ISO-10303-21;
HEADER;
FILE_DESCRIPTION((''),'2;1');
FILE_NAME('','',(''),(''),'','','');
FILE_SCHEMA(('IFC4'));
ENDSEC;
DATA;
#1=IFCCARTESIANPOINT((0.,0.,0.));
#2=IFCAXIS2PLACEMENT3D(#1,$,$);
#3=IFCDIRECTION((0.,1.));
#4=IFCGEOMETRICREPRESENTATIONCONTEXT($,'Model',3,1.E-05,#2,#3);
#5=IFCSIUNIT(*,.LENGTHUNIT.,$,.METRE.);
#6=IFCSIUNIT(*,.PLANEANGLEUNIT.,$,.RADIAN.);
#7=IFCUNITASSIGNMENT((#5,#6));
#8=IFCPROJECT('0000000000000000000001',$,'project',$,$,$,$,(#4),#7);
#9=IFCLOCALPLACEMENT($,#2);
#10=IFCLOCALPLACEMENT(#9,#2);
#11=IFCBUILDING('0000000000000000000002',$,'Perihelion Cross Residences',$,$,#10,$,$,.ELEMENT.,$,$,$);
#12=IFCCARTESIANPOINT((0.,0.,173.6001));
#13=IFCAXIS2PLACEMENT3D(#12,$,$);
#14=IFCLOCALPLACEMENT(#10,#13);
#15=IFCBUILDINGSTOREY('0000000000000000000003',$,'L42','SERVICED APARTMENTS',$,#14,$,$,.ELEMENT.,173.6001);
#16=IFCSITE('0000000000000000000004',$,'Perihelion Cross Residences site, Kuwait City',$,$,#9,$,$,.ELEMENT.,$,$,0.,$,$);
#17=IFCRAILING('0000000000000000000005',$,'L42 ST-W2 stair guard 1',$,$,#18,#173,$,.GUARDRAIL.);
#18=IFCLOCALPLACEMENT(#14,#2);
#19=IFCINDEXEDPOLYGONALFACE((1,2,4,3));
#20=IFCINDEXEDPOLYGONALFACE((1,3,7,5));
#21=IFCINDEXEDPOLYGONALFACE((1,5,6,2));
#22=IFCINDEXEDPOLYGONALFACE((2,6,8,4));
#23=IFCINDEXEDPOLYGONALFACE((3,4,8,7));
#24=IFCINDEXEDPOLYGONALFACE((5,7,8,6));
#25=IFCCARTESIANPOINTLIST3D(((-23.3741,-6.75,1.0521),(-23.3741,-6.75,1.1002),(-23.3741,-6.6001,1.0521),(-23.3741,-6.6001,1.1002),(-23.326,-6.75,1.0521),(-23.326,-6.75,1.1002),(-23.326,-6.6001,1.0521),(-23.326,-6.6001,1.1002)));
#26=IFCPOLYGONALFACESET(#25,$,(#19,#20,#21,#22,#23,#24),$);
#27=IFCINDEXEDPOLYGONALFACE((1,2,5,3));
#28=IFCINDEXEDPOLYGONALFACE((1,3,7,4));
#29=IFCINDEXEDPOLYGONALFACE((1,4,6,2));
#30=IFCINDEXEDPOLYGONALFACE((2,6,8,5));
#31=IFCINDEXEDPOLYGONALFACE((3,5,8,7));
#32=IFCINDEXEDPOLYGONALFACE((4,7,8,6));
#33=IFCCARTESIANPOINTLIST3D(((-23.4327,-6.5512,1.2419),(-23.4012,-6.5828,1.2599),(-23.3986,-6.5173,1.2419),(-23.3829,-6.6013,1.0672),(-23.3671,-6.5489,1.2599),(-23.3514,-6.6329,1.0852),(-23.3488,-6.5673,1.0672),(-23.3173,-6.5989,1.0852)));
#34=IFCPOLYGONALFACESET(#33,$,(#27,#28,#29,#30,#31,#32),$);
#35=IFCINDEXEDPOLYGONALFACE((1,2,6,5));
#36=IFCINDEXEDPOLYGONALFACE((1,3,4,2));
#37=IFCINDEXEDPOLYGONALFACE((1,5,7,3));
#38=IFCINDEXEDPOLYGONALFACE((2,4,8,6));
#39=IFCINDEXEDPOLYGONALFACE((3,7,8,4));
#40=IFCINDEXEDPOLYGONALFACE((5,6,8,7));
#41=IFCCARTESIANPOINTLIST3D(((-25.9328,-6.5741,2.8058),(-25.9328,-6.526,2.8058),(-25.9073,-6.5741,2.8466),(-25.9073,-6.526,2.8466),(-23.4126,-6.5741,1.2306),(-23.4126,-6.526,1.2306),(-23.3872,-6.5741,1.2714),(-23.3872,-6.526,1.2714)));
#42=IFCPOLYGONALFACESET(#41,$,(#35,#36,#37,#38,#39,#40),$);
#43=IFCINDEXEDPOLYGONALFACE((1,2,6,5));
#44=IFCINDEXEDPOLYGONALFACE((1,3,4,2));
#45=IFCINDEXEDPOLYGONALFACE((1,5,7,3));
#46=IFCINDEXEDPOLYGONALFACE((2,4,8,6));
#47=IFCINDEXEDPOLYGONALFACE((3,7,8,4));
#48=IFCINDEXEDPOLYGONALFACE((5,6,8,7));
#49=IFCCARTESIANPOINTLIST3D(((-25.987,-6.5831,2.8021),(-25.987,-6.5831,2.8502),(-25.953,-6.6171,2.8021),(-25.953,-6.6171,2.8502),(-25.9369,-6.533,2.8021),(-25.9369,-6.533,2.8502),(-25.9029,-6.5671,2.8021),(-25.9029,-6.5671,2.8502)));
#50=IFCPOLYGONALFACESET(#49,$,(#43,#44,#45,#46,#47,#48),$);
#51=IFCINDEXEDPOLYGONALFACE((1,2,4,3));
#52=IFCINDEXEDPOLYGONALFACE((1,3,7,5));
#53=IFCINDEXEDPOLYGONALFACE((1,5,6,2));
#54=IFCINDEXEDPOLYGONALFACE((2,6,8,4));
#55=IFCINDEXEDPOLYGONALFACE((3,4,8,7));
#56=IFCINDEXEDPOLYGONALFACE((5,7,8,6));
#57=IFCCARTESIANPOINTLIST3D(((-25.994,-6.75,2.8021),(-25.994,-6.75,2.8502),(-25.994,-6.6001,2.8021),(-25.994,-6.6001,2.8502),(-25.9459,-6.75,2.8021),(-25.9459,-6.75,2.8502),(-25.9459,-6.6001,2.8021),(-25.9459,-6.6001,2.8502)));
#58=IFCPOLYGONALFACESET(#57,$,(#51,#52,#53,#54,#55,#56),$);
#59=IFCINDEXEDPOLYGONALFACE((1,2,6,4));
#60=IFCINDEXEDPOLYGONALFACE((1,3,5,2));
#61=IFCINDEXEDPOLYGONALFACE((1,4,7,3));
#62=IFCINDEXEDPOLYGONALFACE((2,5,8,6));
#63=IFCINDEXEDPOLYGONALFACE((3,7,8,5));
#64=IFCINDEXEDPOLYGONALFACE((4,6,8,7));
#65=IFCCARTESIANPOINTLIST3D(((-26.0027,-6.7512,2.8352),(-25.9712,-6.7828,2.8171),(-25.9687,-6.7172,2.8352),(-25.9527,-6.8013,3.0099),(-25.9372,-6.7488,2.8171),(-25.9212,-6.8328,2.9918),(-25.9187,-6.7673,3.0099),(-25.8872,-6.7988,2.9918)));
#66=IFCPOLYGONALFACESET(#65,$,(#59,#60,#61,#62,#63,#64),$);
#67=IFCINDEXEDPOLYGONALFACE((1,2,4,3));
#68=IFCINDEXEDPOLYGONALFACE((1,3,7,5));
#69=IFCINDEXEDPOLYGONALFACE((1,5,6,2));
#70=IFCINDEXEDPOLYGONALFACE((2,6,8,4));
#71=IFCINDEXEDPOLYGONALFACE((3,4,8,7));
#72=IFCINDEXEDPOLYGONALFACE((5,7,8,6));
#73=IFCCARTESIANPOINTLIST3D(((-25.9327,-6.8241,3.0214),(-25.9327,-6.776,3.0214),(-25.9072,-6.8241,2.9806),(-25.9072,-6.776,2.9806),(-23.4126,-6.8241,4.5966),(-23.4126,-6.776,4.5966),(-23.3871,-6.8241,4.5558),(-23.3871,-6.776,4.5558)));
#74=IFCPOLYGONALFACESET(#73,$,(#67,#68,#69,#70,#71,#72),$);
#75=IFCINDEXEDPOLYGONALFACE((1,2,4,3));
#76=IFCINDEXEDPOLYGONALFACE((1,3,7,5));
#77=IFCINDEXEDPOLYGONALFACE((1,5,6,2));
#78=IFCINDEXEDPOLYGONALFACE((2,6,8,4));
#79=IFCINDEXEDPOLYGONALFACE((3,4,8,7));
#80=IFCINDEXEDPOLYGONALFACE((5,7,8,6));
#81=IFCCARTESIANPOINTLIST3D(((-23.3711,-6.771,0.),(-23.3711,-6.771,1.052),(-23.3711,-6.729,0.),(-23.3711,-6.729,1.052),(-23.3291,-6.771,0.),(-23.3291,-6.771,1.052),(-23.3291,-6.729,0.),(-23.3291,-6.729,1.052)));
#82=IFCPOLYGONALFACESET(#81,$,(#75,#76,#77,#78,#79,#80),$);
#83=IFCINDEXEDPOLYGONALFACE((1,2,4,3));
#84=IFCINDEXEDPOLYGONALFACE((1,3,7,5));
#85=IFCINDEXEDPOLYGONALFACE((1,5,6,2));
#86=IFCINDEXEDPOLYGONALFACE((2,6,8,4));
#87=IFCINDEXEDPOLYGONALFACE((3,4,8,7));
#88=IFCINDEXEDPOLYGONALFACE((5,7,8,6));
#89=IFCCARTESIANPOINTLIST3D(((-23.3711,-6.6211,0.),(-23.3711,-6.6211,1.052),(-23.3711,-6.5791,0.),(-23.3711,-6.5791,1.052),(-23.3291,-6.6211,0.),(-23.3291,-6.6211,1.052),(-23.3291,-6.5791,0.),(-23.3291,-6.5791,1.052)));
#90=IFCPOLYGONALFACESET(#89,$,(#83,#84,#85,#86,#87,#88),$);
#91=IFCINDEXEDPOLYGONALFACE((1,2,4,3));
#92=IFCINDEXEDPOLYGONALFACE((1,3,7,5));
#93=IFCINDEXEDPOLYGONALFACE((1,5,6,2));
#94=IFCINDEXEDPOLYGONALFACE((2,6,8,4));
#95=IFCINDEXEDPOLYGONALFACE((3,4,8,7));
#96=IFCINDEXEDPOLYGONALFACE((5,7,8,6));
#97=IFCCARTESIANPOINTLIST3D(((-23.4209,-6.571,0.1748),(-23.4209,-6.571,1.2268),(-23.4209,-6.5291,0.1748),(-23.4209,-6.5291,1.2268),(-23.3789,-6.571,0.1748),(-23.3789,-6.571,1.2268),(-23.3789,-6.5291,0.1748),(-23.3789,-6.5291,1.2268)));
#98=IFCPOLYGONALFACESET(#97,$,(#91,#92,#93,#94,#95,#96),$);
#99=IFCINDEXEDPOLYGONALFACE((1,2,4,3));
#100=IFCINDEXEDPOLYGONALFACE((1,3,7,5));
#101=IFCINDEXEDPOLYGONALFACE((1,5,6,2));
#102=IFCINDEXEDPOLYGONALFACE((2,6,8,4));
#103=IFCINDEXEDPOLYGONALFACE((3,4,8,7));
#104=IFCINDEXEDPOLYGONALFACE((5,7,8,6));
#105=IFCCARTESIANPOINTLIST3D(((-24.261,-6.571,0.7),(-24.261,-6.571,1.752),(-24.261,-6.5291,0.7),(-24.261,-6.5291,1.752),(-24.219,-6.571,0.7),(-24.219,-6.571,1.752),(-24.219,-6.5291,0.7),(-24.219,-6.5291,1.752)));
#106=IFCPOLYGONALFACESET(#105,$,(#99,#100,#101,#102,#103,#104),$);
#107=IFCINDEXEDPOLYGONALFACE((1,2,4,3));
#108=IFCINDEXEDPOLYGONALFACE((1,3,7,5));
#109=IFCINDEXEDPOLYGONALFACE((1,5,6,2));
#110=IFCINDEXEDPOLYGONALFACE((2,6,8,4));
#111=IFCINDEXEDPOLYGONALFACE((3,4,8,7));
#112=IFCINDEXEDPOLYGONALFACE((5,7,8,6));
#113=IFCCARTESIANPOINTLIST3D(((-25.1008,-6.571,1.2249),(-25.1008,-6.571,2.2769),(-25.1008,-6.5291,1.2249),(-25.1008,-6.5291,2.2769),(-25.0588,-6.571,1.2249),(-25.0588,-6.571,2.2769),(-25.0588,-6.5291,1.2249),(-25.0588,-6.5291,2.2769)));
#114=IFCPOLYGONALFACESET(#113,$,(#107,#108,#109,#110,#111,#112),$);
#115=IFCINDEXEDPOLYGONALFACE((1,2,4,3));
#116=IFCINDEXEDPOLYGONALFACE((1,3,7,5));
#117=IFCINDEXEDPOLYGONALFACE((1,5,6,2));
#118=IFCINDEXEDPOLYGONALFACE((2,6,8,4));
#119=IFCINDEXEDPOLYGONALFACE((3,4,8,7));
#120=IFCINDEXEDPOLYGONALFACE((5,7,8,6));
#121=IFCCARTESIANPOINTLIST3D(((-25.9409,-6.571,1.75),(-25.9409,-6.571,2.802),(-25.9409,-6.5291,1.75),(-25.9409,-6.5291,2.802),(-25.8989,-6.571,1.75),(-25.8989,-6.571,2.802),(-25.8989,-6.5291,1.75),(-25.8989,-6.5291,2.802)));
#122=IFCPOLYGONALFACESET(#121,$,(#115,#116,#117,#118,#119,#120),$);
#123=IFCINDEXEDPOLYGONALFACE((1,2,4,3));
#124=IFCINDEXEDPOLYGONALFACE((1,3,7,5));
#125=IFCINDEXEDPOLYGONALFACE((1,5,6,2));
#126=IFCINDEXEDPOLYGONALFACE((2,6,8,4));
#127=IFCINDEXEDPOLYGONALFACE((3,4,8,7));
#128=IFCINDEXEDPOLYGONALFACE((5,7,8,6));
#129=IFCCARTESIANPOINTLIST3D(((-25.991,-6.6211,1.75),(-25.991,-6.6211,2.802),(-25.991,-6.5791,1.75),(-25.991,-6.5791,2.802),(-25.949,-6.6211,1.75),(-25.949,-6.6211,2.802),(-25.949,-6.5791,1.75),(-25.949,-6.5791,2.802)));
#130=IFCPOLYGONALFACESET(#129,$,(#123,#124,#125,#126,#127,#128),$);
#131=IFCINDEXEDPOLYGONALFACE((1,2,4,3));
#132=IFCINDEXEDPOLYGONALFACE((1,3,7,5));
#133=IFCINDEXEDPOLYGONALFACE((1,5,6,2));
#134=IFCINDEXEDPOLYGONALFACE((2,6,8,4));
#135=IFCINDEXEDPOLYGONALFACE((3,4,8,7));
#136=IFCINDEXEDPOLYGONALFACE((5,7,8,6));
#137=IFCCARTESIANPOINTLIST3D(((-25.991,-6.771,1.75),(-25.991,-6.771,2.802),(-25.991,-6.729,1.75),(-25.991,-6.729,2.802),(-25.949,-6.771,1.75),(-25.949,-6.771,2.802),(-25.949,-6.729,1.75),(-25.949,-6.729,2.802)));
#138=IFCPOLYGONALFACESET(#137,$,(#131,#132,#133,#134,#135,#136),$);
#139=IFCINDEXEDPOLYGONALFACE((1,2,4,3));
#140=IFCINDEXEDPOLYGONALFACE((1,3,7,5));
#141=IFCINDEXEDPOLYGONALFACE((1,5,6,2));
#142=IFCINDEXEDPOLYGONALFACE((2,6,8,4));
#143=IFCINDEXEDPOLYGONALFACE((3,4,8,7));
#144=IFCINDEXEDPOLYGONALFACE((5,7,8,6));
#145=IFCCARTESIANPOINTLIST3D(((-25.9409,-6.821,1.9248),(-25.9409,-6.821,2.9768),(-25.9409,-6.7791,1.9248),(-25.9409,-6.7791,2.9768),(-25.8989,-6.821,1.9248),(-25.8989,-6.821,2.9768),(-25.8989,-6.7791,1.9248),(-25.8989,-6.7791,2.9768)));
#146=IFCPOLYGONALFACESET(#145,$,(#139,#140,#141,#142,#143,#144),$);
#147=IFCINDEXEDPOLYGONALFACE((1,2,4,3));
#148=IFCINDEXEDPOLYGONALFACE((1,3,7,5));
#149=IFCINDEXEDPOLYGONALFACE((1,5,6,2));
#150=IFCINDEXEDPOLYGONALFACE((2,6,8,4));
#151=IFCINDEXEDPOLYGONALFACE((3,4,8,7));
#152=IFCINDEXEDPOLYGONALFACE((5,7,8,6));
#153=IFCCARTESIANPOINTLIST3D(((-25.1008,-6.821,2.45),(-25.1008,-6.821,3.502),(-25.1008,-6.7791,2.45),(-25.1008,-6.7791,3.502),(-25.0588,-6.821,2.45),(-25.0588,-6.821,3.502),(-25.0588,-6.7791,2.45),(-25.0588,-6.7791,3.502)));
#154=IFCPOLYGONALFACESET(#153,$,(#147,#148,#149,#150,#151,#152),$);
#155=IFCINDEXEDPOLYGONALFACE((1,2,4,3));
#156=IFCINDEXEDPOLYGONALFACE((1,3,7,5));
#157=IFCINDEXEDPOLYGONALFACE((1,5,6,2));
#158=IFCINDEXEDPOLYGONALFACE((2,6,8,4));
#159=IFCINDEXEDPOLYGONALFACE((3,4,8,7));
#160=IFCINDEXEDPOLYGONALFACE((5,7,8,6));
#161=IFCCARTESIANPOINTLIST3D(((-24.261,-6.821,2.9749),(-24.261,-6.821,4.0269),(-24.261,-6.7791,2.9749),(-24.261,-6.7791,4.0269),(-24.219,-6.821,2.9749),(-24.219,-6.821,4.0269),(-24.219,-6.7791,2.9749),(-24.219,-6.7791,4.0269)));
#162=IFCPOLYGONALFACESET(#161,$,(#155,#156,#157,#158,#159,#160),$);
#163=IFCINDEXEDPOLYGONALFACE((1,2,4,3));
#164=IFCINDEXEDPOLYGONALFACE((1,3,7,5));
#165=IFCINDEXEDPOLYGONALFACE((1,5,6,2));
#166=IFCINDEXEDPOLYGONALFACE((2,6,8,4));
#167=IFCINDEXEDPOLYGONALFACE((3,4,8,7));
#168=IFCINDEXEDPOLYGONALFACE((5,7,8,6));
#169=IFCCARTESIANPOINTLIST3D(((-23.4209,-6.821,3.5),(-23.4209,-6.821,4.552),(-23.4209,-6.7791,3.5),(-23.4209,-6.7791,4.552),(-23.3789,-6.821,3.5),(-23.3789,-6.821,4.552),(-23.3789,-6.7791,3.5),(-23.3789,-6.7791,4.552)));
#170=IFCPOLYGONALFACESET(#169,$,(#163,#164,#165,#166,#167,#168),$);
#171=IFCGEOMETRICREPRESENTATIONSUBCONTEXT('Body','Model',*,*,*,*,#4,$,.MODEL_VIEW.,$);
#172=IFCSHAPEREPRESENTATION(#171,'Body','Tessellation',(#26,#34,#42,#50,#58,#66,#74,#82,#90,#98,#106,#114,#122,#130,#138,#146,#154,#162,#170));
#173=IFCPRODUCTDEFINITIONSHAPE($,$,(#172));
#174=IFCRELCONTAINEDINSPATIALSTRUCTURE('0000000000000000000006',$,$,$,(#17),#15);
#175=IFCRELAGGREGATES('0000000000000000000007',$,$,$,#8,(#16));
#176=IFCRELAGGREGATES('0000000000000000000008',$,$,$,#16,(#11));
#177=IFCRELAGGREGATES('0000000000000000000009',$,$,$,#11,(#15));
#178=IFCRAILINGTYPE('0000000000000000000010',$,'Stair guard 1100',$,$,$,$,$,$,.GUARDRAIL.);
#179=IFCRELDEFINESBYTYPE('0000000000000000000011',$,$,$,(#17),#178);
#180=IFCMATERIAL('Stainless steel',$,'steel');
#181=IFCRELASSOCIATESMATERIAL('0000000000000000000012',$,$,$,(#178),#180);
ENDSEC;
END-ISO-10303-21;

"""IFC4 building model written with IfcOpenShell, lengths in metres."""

from ifc_helpers import new_model, si_unit, direction, frame, origin, origin_2d, place, context, subcontext, project, spatial, rectangle, extrude, material, type_object, element, save


model = new_model("IFC4")

# Units and contexts
model_context = context("Model", 3, precision=1e-05, world=origin(), true_north=direction((0.0, 1.0)))
body_context = subcontext(model_context, "Body", "Model", "MODEL_VIEW")
ifc_project = project(units=[si_unit("LENGTHUNIT", "METRE"), si_unit("PLANEANGLEUNIT", "RADIAN")], contexts=[model_context])

# Site, building, storey
site_placement = place(None, origin())
site = spatial("IfcSite", under=ifc_project, at=site_placement, Name="Perihelion Cross Residences site, Kuwait City", CompositionType="ELEMENT", RefElevation=0.0)
building_placement = place(site_placement, origin())
building = spatial("IfcBuilding", under=site, at=building_placement, Name="Perihelion Cross Residences", CompositionType="ELEMENT")
storey_placement = place(building_placement, frame((0.0, 0.0, 173.6001)))
storey = spatial("IfcBuildingStorey", under=building, at=storey_placement, Name="L42", Description="SERVICED APARTMENTS", CompositionType="ELEMENT", Elevation=173.6001)

# Railing
ifc_material_1 = material(Name="Stainless steel", Category="steel")
railing_type_1 = type_object("IfcRailingType", Name="Stair guard 1100", PredefinedType="GUARDRAIL", material=ifc_material_1)
railing_1_placement = place(storey_placement, frame((-23.3501, -6.75, 0.0)))
element("IfcRailing", 1, at=railing_1_placement, inside=storey, type_object=railing_type_1, Name="L42 ST-W2 stair guard 1", PredefinedType="GUARDRAIL", context=body_context, shape_type="SweptSolid", body=[
    extrude(rectangle(XDim=0.0481, YDim=0.0481, at=origin_2d()), frame((0.0, 0.0, 1.0762), z_axis=(0.0, 1.0, 0.0), x_axis=(-1.0, 0.0, 0.0)), (0.0, 0.0, 1.0), 0.1499),
    extrude(rectangle(XDim=0.0481, YDim=0.0481, at=origin_2d()), frame((0.0, 0.1499, 1.0762), z_axis=(-0.264179, 0.265474, 0.927218), x_axis=(-0.708834, -0.705376, 0.0)), (0.0, 0.0, 1.0), 0.1885),
    extrude(rectangle(XDim=0.0481, YDim=0.0481, at=origin_2d()), frame((-0.0498, 0.2, 1.251), z_axis=(-0.847971, 0.0, 0.530043), x_axis=(0.0, -1.0, 0.0)), (0.0, 0.0, 1.0), 2.9719),
    extrude(rectangle(XDim=0.0481, YDim=0.0481, at=origin_2d()), frame((-2.5698, 0.2, 2.8262), z_axis=(-0.707107, -0.707107, 0.0), x_axis=(0.707107, -0.707107, 0.0)), (0.0, 0.0, 1.0), 0.0708),
    extrude(rectangle(XDim=0.0481, YDim=0.0481, at=origin_2d()), frame((-2.6199, 0.1499, 2.8262), z_axis=(0.0, -1.0, 0.0), x_axis=(1.0, 0.0, 0.0)), (0.0, 0.0, 1.0), 0.1499),
    extrude(rectangle(XDim=0.0481, YDim=0.0481, at=origin_2d()), frame((-2.6199, 0.0, 2.8262), z_axis=(0.265383, -0.265383, 0.9269), x_axis=(0.707107, 0.707107, 0.0)), (0.0, 0.0, 1.0), 0.1885),
    extrude(rectangle(XDim=0.0481, YDim=0.0481, at=origin_2d()), frame((-2.5698, -0.05, 3.001), z_axis=(0.847971, 0.0, 0.530043), x_axis=(0.0, 1.0, 0.0)), (0.0, 0.0, 1.0), 2.9719),
    extrude(rectangle(XDim=0.042, YDim=0.042, at=origin_2d()), origin(), (0.0, 0.0, 1.0), 1.052),
    extrude(rectangle(XDim=0.042, YDim=0.042, at=origin_2d()), frame((0.0, 0.1499, 0.0)), (0.0, 0.0, 1.0), 1.052),
    extrude(rectangle(XDim=0.042, YDim=0.042, at=origin_2d()), frame((-0.0498, 0.2, 0.1748)), (0.0, 0.0, 1.0), 1.052),
    extrude(rectangle(XDim=0.042, YDim=0.042, at=origin_2d()), frame((-0.8899, 0.2, 0.7)), (0.0, 0.0, 1.0), 1.052),
    extrude(rectangle(XDim=0.042, YDim=0.042, at=origin_2d()), frame((-1.7297, 0.2, 1.2249)), (0.0, 0.0, 1.0), 1.052),
    extrude(rectangle(XDim=0.042, YDim=0.042, at=origin_2d()), frame((-2.5698, 0.2, 1.75)), (0.0, 0.0, 1.0), 1.052),
    extrude(rectangle(XDim=0.042, YDim=0.042, at=origin_2d()), frame((-2.6199, 0.1499, 1.75)), (0.0, 0.0, 1.0), 1.052),
    extrude(rectangle(XDim=0.042, YDim=0.042, at=origin_2d()), frame((-2.6199, 0.0, 1.75)), (0.0, 0.0, 1.0), 1.052),
    extrude(rectangle(XDim=0.042, YDim=0.042, at=origin_2d()), frame((-2.5698, -0.05, 1.9248)), (0.0, 0.0, 1.0), 1.052),
    extrude(rectangle(XDim=0.042, YDim=0.042, at=origin_2d()), frame((-1.7297, -0.05, 2.45)), (0.0, 0.0, 1.0), 1.052),
    extrude(rectangle(XDim=0.042, YDim=0.042, at=origin_2d()), frame((-0.8899, -0.05, 2.9749)), (0.0, 0.0, 1.0), 1.052),
    extrude(rectangle(XDim=0.042, YDim=0.042, at=origin_2d()), frame((-0.0498, -0.05, 3.5)), (0.0, 0.0, 1.0), 1.052),
])

save(model, "model.ifc")
